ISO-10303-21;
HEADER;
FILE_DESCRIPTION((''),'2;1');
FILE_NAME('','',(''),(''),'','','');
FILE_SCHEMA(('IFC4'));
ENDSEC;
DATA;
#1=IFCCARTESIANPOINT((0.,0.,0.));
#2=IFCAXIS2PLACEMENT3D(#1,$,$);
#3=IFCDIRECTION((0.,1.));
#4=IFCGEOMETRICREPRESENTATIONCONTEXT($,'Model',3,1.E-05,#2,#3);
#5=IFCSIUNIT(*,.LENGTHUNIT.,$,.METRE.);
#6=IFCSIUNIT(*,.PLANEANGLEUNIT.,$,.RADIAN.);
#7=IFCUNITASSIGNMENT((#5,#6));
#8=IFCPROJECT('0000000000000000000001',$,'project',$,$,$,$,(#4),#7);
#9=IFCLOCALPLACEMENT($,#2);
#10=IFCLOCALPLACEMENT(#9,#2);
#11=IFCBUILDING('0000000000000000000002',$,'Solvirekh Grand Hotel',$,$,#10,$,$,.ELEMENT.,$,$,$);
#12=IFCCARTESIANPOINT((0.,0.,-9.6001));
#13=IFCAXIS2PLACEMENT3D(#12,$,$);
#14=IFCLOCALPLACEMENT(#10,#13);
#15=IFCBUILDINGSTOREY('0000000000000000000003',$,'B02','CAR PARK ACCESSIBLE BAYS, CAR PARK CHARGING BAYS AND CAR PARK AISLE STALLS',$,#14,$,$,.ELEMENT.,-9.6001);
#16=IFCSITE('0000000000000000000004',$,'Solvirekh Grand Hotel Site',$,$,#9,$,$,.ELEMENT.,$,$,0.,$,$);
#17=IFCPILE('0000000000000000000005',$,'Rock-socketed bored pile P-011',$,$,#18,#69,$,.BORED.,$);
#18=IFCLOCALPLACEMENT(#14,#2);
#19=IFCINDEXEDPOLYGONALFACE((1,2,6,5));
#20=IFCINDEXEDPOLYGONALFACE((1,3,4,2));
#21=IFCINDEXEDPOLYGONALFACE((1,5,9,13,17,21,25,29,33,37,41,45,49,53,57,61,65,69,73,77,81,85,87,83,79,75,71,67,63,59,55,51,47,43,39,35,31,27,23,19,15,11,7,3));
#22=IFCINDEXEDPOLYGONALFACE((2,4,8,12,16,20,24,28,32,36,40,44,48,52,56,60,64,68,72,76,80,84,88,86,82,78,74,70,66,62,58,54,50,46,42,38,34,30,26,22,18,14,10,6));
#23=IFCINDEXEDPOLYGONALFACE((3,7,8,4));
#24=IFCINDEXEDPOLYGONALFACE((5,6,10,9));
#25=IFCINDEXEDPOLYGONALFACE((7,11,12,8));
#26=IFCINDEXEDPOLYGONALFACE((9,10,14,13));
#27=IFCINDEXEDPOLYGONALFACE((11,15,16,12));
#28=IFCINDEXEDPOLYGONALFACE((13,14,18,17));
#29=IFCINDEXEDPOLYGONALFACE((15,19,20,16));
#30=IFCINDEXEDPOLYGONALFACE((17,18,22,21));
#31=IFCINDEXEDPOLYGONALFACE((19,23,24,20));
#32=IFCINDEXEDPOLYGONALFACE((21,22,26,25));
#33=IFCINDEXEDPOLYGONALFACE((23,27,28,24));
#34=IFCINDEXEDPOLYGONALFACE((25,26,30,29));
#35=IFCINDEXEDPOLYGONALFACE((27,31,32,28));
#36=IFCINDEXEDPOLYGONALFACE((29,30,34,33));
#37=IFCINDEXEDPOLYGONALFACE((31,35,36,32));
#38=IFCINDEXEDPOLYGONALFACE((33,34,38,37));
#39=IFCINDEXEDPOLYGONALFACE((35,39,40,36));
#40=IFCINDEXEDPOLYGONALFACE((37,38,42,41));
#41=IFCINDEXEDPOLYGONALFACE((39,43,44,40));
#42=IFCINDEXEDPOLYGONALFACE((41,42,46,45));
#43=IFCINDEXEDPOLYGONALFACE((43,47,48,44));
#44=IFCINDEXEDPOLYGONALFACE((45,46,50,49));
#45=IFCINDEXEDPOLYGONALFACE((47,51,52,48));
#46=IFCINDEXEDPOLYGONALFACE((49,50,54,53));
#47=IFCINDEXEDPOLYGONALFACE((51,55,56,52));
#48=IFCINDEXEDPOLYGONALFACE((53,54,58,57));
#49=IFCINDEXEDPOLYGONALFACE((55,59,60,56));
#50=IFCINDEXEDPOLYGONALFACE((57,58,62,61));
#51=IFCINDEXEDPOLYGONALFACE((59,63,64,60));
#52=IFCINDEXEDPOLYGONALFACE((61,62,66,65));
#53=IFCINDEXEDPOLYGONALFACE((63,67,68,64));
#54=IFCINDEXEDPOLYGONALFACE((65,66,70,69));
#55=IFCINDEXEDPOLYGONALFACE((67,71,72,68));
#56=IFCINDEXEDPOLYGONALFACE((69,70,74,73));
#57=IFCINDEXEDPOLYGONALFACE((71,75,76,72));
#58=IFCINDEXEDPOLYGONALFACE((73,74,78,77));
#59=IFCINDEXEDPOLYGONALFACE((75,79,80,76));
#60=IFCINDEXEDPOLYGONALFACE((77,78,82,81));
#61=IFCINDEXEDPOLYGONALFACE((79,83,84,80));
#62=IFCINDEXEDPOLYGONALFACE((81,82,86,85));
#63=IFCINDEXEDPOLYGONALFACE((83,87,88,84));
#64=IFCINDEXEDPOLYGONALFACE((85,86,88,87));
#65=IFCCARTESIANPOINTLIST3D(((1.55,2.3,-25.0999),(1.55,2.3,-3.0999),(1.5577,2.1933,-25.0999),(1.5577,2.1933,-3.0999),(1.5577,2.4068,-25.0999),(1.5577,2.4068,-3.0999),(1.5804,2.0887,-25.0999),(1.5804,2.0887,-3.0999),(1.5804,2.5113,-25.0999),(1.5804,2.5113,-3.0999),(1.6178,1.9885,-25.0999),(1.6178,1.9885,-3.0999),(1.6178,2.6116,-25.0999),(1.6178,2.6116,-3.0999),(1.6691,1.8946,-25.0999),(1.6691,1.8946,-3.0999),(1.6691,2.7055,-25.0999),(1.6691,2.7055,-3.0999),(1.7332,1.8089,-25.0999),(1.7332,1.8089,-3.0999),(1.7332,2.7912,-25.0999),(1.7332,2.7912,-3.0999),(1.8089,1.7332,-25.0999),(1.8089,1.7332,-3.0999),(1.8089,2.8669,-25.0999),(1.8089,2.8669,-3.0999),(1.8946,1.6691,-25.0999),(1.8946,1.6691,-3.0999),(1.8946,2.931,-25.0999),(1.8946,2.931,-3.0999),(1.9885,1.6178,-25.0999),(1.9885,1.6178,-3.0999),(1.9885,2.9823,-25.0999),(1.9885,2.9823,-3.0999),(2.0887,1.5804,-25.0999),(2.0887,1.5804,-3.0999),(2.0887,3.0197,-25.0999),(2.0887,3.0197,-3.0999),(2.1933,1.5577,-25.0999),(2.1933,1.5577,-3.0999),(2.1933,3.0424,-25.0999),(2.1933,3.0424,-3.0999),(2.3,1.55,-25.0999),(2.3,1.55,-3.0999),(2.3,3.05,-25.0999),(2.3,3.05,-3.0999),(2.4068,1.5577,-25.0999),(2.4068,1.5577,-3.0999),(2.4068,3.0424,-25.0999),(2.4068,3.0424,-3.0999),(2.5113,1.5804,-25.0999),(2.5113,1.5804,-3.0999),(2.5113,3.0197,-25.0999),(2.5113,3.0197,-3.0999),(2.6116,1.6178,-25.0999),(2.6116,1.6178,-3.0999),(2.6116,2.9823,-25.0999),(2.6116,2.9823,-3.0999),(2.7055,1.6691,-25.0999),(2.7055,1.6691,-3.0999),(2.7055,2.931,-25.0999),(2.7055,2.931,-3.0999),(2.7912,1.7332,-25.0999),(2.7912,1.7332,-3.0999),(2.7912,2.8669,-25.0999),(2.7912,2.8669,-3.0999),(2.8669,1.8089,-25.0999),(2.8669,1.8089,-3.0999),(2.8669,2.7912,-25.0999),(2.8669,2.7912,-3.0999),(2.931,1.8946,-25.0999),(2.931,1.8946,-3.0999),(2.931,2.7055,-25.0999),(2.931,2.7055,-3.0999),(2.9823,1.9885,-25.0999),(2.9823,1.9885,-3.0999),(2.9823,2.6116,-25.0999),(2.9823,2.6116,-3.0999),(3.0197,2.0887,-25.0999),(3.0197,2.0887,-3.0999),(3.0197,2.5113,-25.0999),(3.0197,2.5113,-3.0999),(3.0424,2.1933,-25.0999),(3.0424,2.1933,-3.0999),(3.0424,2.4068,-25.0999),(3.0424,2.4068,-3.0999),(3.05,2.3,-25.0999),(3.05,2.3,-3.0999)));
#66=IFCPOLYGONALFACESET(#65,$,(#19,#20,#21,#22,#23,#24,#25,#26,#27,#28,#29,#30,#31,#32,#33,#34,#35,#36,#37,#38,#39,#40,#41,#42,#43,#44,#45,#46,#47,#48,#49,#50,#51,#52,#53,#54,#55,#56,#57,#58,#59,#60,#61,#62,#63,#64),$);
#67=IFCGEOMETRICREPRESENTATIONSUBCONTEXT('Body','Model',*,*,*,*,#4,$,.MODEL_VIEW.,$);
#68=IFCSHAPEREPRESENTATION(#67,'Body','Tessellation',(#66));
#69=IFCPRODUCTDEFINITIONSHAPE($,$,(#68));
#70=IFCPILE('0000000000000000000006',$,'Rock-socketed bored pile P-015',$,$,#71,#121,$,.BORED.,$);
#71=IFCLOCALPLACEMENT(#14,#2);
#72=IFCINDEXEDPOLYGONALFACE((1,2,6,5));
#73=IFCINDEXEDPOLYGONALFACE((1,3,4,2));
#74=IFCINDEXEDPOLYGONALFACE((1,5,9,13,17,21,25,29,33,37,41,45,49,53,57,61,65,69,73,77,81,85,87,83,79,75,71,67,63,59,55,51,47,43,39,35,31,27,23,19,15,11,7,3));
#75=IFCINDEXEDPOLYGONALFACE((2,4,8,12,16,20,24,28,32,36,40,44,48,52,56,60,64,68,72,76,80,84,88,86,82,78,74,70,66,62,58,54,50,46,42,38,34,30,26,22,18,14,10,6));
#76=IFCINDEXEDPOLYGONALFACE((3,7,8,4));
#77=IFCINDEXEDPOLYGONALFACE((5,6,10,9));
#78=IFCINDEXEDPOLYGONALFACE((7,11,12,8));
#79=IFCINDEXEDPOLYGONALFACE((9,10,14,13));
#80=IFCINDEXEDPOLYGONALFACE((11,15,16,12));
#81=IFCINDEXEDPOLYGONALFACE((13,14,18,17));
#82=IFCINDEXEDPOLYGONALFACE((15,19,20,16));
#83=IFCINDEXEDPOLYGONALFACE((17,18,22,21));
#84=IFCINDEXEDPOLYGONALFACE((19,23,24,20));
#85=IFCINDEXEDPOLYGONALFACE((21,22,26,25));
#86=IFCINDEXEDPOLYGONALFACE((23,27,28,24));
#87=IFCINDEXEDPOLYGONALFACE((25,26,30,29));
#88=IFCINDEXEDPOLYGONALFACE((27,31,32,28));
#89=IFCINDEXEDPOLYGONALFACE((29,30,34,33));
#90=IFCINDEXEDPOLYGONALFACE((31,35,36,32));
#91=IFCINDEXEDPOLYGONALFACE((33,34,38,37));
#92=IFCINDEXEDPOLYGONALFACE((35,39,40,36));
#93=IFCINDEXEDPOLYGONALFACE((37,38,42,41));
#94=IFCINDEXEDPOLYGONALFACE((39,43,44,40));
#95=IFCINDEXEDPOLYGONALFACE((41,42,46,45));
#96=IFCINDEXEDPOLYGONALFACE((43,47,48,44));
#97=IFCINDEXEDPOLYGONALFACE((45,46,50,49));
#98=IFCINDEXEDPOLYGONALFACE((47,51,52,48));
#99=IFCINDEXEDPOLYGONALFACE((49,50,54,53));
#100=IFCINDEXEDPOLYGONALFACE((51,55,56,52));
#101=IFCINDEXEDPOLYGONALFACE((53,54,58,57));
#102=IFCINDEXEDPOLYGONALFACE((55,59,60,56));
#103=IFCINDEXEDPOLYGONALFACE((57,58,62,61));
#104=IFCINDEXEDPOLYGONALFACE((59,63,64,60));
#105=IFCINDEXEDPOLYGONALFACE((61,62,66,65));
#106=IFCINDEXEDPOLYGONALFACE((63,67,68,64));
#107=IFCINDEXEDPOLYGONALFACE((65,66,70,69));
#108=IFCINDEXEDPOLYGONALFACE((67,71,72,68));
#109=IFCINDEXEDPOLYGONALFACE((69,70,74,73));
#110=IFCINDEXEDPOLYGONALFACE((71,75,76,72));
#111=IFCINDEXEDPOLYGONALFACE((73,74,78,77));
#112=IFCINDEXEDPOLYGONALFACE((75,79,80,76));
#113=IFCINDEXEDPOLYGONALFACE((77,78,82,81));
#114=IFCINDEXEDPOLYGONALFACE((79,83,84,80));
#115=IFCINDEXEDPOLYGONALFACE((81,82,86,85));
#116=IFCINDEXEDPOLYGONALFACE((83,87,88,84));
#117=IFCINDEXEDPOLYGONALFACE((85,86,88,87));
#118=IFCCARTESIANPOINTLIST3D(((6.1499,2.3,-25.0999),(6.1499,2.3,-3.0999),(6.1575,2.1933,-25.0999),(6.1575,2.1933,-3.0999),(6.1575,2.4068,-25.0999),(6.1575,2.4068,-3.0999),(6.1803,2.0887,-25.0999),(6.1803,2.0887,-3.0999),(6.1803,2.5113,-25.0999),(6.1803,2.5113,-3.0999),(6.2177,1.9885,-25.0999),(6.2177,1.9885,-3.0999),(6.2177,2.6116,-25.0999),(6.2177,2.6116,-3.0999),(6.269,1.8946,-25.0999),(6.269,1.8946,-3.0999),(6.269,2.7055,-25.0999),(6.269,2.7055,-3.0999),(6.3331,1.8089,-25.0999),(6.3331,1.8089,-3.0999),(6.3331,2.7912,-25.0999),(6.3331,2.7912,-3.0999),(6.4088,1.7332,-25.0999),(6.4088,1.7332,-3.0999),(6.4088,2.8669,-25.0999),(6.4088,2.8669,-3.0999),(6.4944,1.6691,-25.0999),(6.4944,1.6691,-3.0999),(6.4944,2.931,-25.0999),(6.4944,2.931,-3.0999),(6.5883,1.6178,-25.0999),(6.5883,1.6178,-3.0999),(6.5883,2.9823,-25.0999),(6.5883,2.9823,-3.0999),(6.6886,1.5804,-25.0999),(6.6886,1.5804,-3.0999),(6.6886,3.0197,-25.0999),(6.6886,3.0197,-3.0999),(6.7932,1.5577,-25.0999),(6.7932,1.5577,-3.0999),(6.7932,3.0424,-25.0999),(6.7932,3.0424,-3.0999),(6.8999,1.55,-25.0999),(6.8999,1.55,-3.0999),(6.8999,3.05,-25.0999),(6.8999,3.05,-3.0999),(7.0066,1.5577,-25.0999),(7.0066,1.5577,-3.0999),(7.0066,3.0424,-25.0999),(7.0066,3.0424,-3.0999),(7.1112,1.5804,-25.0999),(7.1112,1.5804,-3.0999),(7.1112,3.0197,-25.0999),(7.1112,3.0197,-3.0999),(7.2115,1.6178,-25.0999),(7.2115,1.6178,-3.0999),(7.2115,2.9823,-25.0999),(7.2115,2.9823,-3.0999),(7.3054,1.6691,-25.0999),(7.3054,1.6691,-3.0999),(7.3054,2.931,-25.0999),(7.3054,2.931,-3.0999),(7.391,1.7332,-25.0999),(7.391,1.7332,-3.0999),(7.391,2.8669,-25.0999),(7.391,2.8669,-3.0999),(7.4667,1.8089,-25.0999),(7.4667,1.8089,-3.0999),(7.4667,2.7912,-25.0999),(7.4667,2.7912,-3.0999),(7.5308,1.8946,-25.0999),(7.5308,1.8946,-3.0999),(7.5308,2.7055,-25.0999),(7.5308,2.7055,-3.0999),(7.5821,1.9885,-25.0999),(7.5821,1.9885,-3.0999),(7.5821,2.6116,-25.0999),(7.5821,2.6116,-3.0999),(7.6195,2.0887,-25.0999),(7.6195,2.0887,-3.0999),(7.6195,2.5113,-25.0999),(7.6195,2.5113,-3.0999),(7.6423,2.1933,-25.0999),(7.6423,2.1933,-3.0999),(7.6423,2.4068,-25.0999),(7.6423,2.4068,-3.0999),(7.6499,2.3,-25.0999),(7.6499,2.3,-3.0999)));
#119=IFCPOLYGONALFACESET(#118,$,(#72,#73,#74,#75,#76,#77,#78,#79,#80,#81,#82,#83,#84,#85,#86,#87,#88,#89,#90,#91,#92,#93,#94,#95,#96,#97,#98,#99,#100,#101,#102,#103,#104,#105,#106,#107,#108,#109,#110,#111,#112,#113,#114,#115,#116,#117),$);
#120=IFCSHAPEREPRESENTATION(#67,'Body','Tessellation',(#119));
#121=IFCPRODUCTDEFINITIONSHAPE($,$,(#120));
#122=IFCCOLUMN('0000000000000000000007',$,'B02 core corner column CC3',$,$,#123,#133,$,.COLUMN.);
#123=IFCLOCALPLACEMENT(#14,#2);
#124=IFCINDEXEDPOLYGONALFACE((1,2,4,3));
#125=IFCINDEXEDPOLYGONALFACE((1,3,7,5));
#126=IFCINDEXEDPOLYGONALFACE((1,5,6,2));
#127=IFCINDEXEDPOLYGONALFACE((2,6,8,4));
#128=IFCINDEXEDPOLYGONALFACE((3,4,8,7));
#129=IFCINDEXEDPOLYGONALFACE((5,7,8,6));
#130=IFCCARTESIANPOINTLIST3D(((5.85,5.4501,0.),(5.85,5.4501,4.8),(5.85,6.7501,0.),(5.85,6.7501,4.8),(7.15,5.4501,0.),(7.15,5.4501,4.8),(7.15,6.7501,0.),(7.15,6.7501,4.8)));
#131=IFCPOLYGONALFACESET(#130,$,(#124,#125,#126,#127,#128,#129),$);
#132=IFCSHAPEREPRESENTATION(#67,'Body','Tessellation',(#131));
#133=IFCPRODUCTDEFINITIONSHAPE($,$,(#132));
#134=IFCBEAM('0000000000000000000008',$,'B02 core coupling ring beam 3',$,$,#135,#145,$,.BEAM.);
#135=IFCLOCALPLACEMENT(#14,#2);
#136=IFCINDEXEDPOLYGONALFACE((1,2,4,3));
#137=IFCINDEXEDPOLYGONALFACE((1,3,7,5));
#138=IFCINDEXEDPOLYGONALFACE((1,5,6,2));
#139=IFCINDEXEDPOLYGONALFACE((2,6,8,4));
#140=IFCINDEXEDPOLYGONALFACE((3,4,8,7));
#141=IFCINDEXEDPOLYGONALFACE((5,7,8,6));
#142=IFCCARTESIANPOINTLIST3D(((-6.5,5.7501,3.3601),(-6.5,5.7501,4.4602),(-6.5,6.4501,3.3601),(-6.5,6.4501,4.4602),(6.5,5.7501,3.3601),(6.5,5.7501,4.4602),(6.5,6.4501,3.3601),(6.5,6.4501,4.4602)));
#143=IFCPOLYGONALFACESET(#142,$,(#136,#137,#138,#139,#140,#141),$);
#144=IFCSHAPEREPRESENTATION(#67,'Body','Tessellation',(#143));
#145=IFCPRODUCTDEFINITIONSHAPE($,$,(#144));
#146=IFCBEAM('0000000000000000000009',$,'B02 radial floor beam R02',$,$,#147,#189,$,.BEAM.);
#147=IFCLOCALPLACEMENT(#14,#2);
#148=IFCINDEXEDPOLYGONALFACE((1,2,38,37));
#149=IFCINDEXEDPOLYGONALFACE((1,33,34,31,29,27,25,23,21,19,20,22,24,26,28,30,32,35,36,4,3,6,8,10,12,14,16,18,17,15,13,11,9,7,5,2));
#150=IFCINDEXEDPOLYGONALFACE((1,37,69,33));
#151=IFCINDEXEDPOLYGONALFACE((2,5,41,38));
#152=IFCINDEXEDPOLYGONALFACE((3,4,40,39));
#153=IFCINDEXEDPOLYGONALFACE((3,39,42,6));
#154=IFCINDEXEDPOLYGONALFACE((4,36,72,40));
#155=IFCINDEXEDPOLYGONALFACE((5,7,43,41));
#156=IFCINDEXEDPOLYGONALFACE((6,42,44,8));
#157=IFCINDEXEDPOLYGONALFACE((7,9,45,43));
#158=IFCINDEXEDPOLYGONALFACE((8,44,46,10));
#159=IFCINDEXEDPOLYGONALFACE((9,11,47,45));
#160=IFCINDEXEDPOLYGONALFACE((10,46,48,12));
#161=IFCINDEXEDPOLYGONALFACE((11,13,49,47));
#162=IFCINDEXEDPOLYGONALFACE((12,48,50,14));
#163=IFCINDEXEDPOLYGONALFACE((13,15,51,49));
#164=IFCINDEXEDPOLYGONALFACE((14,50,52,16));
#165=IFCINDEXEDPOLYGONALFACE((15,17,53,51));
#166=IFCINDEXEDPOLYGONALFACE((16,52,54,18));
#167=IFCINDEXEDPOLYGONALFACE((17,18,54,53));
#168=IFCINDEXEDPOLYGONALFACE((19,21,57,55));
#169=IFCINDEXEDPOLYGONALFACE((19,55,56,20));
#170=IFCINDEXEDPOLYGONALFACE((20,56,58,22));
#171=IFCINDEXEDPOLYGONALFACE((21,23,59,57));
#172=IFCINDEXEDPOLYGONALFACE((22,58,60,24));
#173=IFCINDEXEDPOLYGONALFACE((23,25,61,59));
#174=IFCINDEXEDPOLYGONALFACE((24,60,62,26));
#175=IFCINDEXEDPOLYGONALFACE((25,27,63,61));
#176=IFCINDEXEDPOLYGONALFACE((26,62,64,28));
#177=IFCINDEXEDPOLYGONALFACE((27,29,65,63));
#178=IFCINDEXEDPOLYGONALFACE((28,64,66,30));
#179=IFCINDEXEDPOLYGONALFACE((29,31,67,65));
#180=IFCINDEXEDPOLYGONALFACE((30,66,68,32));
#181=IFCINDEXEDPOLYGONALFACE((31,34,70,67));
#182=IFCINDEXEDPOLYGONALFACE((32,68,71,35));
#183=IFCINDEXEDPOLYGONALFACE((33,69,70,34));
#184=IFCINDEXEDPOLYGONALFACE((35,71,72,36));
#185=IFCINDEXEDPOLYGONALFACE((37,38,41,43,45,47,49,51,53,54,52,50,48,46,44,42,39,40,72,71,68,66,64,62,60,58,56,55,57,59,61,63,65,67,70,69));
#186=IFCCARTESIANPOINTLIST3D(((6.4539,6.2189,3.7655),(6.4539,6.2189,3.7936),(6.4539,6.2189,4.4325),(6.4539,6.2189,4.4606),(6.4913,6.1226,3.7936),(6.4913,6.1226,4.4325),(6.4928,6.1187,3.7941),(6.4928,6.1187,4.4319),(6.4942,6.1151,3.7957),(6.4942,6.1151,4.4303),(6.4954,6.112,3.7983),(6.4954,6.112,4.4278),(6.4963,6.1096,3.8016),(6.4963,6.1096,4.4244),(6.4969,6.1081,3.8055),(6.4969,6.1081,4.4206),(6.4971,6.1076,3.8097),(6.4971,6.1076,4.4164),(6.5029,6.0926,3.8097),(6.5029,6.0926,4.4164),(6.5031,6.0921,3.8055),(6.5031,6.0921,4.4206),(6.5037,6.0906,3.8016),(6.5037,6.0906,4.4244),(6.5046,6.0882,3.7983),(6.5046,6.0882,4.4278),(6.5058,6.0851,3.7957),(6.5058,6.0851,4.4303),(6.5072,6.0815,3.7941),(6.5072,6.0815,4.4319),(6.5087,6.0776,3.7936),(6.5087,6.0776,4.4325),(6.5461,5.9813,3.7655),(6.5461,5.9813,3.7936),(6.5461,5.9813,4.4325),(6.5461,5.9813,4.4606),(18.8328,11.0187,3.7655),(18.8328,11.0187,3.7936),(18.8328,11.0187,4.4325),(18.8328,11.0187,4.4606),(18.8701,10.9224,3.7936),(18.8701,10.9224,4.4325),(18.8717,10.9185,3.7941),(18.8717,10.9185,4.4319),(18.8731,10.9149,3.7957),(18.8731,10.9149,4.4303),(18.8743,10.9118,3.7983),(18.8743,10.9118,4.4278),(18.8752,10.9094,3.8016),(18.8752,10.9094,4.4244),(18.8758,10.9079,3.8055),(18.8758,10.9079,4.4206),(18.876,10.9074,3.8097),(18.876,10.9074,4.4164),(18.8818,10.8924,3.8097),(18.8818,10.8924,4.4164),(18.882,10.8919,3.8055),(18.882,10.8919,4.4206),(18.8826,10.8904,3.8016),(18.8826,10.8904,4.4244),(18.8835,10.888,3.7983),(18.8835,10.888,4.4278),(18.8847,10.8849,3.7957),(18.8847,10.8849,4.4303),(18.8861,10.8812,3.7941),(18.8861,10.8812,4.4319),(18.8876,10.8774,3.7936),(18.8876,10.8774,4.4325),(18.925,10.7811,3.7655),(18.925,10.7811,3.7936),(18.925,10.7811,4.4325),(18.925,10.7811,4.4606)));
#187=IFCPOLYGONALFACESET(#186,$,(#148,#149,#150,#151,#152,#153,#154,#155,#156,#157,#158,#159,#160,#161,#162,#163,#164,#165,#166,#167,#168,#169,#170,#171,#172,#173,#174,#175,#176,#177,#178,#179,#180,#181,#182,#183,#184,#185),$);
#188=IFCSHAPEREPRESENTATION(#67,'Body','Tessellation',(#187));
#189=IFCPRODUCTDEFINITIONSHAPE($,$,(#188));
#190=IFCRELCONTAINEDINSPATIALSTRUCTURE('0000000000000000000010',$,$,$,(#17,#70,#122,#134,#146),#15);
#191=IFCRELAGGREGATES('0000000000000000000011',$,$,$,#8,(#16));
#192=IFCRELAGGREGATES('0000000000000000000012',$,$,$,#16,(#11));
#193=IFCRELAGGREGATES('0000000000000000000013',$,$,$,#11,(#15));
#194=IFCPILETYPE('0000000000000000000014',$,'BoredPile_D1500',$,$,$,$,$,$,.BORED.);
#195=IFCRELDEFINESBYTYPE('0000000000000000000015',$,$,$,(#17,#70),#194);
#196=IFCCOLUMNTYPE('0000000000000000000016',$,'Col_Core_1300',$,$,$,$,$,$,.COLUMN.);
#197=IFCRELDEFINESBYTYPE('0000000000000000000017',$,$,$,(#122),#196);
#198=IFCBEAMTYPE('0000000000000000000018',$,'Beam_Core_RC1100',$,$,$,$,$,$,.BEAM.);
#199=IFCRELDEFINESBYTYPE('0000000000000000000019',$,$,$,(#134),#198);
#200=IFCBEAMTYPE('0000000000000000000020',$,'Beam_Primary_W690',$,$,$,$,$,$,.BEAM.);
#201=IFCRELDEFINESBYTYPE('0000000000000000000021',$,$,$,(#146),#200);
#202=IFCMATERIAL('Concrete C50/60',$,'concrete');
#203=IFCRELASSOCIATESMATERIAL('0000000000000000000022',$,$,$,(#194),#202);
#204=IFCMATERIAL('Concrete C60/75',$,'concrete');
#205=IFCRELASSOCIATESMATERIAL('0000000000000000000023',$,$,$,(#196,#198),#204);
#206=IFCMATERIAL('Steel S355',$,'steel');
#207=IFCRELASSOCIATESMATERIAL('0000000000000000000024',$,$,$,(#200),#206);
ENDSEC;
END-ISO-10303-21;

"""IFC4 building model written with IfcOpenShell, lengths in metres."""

from ifc_helpers import new_model, si_unit, direction, frame, origin, origin_2d, place, context, subcontext, project, spatial, rectangle, circle, i_section, extrude, material, material_profile, profile_set, type_object, element, save


model = new_model("IFC4")

# Units and contexts
model_context = context("Model", 3, precision=1e-05, world=origin(), true_north=direction((0.0, 1.0)))
body_context = subcontext(model_context, "Body", "Model", "MODEL_VIEW")
ifc_project = project(units=[si_unit("LENGTHUNIT", "METRE"), si_unit("PLANEANGLEUNIT", "RADIAN")], contexts=[model_context])

# Site, building, storey
site_placement = place(None, origin())
site = spatial("IfcSite", under=ifc_project, at=site_placement, Name="Solvirekh Grand Hotel Site", CompositionType="ELEMENT", RefElevation=0.0)
building_placement = place(site_placement, origin())
building = spatial("IfcBuilding", under=site, at=building_placement, Name="Solvirekh Grand Hotel", CompositionType="ELEMENT")
storey_placement = place(building_placement, frame((0.0, 0.0, -9.6001)))
storey = spatial("IfcBuildingStorey", under=building, at=storey_placement, Name="B02", Description="CAR PARK ACCESSIBLE BAYS, CAR PARK CHARGING BAYS AND CAR PARK AISLE STALLS", CompositionType="ELEMENT", Elevation=-9.6001)

# Piles
ifc_material_1 = material(Name="Concrete C50/60", Category="concrete")
ifc_material_profile_1 = material_profile(ifc_material_1, circle(Radius=0.75, at=origin_2d()), Name="BORED PILE D1500")
ifc_profile_set_1 = profile_set([ifc_material_profile_1], Name="Concrete C50/60")
pile_type = type_object("IfcPileType", Name="BoredPile_D1500", PredefinedType="BORED", material=ifc_profile_set_1)
for number, where, z_axis, x_axis, name in (
    (1, (2.3, 2.3, -3.0999), (0.0, 0.0, -1.0), (1.0, 0.0, 0.0), "Rock-socketed bored pile P-011"),
    (2, (6.8999, 2.3, -3.0999), (0.0, 0.0, -1.0), (1.0, 0.0, 0.0), "Rock-socketed bored pile P-015"),
):
    element("IfcPile", number, at=place(storey_placement, frame(where, z_axis=z_axis, x_axis=x_axis)), inside=storey, type_object=pile_type, Name=name, PredefinedType="BORED", context=body_context, shape_type="SweptSolid", body=[
        extrude(circle(Radius=0.75, at=origin_2d()), origin(), (0.0, 0.0, 1.0), 22.0),
    ])

# Column
ifc_material_2 = material(Name="Concrete C60/75", Category="concrete")
ifc_material_profile_2 = material_profile(ifc_material_2, rectangle(XDim=1.3, YDim=1.3, at=origin_2d()), Name="RC 1300X1300")
ifc_profile_set_2 = profile_set([ifc_material_profile_2], Name="Concrete C60/75")
column_type = type_object("IfcColumnType", Name="Col_Core_1300", PredefinedType="COLUMN", material=ifc_profile_set_2)
column_placement = place(storey_placement, frame((6.5, 6.1001, 0.0), z_axis=(0.0, 0.0, 1.0), x_axis=(1.0, 0.0, 0.0)))
element("IfcColumn", 3, at=column_placement, inside=storey, type_object=column_type, Name="B02 core corner column CC3", PredefinedType="COLUMN", context=body_context, shape_type="SweptSolid", body=[
    extrude(rectangle(XDim=1.3, YDim=1.3, at=origin_2d()), origin(), (0.0, 0.0, 1.0), 4.8),
])

# Beams
ifc_material_profile_3 = material_profile(ifc_material_2, rectangle(XDim=0.7, YDim=1.1001, at=origin_2d()), Name="RC BEAM 700X1100")
ifc_profile_set_3 = profile_set([ifc_material_profile_3], Name="Concrete C60/75")
beam_type_1 = type_object("IfcBeamType", Name="Beam_Core_RC1100", PredefinedType="BEAM", material=ifc_profile_set_3)
beam_1_placement = place(storey_placement, frame((6.5, 6.1001, 3.9102), z_axis=(-1.0, 0.0, 0.0), x_axis=(0.0, -1.0, 0.0)))
element("IfcBeam", 4, at=beam_1_placement, inside=storey, type_object=beam_type_1, Name="B02 core coupling ring beam 3", PredefinedType="BEAM", context=body_context, shape_type="SweptSolid", body=[
    extrude(rectangle(XDim=0.7, YDim=1.1001, at=origin_2d()), origin(), (0.0, 0.0, 1.0), 13.0),
])
ifc_material_3 = material(Name="Steel S355", Category="steel")
ifc_material_profile_4 = material_profile(ifc_material_3, i_section(OverallWidth=0.2549, OverallDepth=0.6951, WebThickness=0.0161, FlangeThickness=0.0281, FilletRadius=0.0161, at=origin_2d()), Name="W690X217")
ifc_profile_set_4 = profile_set([ifc_material_profile_4], Name="Steel S355")
beam_type_2 = type_object("IfcBeamType", Name="Beam_Primary_W690", PredefinedType="BEAM", material=ifc_profile_set_4)
beam_2_placement = place(storey_placement, frame((6.5, 6.1001, 4.113), z_axis=(0.932366, 0.361516, 0.0), x_axis=(-0.361516, 0.932366, 0.0)))
element("IfcBeam", 5, at=beam_2_placement, inside=storey, type_object=beam_type_2, Name="B02 radial floor beam R02", PredefinedType="BEAM", context=body_context, shape_type="SweptSolid", body=[
    extrude(i_section(OverallWidth=0.2549, OverallDepth=0.6951, WebThickness=0.0161, FlangeThickness=0.0281, FilletRadius=0.0161, at=origin_2d()), origin(), (0.0, 0.0, 1.0), 13.2769),
])

save(model, "model.ifc")
